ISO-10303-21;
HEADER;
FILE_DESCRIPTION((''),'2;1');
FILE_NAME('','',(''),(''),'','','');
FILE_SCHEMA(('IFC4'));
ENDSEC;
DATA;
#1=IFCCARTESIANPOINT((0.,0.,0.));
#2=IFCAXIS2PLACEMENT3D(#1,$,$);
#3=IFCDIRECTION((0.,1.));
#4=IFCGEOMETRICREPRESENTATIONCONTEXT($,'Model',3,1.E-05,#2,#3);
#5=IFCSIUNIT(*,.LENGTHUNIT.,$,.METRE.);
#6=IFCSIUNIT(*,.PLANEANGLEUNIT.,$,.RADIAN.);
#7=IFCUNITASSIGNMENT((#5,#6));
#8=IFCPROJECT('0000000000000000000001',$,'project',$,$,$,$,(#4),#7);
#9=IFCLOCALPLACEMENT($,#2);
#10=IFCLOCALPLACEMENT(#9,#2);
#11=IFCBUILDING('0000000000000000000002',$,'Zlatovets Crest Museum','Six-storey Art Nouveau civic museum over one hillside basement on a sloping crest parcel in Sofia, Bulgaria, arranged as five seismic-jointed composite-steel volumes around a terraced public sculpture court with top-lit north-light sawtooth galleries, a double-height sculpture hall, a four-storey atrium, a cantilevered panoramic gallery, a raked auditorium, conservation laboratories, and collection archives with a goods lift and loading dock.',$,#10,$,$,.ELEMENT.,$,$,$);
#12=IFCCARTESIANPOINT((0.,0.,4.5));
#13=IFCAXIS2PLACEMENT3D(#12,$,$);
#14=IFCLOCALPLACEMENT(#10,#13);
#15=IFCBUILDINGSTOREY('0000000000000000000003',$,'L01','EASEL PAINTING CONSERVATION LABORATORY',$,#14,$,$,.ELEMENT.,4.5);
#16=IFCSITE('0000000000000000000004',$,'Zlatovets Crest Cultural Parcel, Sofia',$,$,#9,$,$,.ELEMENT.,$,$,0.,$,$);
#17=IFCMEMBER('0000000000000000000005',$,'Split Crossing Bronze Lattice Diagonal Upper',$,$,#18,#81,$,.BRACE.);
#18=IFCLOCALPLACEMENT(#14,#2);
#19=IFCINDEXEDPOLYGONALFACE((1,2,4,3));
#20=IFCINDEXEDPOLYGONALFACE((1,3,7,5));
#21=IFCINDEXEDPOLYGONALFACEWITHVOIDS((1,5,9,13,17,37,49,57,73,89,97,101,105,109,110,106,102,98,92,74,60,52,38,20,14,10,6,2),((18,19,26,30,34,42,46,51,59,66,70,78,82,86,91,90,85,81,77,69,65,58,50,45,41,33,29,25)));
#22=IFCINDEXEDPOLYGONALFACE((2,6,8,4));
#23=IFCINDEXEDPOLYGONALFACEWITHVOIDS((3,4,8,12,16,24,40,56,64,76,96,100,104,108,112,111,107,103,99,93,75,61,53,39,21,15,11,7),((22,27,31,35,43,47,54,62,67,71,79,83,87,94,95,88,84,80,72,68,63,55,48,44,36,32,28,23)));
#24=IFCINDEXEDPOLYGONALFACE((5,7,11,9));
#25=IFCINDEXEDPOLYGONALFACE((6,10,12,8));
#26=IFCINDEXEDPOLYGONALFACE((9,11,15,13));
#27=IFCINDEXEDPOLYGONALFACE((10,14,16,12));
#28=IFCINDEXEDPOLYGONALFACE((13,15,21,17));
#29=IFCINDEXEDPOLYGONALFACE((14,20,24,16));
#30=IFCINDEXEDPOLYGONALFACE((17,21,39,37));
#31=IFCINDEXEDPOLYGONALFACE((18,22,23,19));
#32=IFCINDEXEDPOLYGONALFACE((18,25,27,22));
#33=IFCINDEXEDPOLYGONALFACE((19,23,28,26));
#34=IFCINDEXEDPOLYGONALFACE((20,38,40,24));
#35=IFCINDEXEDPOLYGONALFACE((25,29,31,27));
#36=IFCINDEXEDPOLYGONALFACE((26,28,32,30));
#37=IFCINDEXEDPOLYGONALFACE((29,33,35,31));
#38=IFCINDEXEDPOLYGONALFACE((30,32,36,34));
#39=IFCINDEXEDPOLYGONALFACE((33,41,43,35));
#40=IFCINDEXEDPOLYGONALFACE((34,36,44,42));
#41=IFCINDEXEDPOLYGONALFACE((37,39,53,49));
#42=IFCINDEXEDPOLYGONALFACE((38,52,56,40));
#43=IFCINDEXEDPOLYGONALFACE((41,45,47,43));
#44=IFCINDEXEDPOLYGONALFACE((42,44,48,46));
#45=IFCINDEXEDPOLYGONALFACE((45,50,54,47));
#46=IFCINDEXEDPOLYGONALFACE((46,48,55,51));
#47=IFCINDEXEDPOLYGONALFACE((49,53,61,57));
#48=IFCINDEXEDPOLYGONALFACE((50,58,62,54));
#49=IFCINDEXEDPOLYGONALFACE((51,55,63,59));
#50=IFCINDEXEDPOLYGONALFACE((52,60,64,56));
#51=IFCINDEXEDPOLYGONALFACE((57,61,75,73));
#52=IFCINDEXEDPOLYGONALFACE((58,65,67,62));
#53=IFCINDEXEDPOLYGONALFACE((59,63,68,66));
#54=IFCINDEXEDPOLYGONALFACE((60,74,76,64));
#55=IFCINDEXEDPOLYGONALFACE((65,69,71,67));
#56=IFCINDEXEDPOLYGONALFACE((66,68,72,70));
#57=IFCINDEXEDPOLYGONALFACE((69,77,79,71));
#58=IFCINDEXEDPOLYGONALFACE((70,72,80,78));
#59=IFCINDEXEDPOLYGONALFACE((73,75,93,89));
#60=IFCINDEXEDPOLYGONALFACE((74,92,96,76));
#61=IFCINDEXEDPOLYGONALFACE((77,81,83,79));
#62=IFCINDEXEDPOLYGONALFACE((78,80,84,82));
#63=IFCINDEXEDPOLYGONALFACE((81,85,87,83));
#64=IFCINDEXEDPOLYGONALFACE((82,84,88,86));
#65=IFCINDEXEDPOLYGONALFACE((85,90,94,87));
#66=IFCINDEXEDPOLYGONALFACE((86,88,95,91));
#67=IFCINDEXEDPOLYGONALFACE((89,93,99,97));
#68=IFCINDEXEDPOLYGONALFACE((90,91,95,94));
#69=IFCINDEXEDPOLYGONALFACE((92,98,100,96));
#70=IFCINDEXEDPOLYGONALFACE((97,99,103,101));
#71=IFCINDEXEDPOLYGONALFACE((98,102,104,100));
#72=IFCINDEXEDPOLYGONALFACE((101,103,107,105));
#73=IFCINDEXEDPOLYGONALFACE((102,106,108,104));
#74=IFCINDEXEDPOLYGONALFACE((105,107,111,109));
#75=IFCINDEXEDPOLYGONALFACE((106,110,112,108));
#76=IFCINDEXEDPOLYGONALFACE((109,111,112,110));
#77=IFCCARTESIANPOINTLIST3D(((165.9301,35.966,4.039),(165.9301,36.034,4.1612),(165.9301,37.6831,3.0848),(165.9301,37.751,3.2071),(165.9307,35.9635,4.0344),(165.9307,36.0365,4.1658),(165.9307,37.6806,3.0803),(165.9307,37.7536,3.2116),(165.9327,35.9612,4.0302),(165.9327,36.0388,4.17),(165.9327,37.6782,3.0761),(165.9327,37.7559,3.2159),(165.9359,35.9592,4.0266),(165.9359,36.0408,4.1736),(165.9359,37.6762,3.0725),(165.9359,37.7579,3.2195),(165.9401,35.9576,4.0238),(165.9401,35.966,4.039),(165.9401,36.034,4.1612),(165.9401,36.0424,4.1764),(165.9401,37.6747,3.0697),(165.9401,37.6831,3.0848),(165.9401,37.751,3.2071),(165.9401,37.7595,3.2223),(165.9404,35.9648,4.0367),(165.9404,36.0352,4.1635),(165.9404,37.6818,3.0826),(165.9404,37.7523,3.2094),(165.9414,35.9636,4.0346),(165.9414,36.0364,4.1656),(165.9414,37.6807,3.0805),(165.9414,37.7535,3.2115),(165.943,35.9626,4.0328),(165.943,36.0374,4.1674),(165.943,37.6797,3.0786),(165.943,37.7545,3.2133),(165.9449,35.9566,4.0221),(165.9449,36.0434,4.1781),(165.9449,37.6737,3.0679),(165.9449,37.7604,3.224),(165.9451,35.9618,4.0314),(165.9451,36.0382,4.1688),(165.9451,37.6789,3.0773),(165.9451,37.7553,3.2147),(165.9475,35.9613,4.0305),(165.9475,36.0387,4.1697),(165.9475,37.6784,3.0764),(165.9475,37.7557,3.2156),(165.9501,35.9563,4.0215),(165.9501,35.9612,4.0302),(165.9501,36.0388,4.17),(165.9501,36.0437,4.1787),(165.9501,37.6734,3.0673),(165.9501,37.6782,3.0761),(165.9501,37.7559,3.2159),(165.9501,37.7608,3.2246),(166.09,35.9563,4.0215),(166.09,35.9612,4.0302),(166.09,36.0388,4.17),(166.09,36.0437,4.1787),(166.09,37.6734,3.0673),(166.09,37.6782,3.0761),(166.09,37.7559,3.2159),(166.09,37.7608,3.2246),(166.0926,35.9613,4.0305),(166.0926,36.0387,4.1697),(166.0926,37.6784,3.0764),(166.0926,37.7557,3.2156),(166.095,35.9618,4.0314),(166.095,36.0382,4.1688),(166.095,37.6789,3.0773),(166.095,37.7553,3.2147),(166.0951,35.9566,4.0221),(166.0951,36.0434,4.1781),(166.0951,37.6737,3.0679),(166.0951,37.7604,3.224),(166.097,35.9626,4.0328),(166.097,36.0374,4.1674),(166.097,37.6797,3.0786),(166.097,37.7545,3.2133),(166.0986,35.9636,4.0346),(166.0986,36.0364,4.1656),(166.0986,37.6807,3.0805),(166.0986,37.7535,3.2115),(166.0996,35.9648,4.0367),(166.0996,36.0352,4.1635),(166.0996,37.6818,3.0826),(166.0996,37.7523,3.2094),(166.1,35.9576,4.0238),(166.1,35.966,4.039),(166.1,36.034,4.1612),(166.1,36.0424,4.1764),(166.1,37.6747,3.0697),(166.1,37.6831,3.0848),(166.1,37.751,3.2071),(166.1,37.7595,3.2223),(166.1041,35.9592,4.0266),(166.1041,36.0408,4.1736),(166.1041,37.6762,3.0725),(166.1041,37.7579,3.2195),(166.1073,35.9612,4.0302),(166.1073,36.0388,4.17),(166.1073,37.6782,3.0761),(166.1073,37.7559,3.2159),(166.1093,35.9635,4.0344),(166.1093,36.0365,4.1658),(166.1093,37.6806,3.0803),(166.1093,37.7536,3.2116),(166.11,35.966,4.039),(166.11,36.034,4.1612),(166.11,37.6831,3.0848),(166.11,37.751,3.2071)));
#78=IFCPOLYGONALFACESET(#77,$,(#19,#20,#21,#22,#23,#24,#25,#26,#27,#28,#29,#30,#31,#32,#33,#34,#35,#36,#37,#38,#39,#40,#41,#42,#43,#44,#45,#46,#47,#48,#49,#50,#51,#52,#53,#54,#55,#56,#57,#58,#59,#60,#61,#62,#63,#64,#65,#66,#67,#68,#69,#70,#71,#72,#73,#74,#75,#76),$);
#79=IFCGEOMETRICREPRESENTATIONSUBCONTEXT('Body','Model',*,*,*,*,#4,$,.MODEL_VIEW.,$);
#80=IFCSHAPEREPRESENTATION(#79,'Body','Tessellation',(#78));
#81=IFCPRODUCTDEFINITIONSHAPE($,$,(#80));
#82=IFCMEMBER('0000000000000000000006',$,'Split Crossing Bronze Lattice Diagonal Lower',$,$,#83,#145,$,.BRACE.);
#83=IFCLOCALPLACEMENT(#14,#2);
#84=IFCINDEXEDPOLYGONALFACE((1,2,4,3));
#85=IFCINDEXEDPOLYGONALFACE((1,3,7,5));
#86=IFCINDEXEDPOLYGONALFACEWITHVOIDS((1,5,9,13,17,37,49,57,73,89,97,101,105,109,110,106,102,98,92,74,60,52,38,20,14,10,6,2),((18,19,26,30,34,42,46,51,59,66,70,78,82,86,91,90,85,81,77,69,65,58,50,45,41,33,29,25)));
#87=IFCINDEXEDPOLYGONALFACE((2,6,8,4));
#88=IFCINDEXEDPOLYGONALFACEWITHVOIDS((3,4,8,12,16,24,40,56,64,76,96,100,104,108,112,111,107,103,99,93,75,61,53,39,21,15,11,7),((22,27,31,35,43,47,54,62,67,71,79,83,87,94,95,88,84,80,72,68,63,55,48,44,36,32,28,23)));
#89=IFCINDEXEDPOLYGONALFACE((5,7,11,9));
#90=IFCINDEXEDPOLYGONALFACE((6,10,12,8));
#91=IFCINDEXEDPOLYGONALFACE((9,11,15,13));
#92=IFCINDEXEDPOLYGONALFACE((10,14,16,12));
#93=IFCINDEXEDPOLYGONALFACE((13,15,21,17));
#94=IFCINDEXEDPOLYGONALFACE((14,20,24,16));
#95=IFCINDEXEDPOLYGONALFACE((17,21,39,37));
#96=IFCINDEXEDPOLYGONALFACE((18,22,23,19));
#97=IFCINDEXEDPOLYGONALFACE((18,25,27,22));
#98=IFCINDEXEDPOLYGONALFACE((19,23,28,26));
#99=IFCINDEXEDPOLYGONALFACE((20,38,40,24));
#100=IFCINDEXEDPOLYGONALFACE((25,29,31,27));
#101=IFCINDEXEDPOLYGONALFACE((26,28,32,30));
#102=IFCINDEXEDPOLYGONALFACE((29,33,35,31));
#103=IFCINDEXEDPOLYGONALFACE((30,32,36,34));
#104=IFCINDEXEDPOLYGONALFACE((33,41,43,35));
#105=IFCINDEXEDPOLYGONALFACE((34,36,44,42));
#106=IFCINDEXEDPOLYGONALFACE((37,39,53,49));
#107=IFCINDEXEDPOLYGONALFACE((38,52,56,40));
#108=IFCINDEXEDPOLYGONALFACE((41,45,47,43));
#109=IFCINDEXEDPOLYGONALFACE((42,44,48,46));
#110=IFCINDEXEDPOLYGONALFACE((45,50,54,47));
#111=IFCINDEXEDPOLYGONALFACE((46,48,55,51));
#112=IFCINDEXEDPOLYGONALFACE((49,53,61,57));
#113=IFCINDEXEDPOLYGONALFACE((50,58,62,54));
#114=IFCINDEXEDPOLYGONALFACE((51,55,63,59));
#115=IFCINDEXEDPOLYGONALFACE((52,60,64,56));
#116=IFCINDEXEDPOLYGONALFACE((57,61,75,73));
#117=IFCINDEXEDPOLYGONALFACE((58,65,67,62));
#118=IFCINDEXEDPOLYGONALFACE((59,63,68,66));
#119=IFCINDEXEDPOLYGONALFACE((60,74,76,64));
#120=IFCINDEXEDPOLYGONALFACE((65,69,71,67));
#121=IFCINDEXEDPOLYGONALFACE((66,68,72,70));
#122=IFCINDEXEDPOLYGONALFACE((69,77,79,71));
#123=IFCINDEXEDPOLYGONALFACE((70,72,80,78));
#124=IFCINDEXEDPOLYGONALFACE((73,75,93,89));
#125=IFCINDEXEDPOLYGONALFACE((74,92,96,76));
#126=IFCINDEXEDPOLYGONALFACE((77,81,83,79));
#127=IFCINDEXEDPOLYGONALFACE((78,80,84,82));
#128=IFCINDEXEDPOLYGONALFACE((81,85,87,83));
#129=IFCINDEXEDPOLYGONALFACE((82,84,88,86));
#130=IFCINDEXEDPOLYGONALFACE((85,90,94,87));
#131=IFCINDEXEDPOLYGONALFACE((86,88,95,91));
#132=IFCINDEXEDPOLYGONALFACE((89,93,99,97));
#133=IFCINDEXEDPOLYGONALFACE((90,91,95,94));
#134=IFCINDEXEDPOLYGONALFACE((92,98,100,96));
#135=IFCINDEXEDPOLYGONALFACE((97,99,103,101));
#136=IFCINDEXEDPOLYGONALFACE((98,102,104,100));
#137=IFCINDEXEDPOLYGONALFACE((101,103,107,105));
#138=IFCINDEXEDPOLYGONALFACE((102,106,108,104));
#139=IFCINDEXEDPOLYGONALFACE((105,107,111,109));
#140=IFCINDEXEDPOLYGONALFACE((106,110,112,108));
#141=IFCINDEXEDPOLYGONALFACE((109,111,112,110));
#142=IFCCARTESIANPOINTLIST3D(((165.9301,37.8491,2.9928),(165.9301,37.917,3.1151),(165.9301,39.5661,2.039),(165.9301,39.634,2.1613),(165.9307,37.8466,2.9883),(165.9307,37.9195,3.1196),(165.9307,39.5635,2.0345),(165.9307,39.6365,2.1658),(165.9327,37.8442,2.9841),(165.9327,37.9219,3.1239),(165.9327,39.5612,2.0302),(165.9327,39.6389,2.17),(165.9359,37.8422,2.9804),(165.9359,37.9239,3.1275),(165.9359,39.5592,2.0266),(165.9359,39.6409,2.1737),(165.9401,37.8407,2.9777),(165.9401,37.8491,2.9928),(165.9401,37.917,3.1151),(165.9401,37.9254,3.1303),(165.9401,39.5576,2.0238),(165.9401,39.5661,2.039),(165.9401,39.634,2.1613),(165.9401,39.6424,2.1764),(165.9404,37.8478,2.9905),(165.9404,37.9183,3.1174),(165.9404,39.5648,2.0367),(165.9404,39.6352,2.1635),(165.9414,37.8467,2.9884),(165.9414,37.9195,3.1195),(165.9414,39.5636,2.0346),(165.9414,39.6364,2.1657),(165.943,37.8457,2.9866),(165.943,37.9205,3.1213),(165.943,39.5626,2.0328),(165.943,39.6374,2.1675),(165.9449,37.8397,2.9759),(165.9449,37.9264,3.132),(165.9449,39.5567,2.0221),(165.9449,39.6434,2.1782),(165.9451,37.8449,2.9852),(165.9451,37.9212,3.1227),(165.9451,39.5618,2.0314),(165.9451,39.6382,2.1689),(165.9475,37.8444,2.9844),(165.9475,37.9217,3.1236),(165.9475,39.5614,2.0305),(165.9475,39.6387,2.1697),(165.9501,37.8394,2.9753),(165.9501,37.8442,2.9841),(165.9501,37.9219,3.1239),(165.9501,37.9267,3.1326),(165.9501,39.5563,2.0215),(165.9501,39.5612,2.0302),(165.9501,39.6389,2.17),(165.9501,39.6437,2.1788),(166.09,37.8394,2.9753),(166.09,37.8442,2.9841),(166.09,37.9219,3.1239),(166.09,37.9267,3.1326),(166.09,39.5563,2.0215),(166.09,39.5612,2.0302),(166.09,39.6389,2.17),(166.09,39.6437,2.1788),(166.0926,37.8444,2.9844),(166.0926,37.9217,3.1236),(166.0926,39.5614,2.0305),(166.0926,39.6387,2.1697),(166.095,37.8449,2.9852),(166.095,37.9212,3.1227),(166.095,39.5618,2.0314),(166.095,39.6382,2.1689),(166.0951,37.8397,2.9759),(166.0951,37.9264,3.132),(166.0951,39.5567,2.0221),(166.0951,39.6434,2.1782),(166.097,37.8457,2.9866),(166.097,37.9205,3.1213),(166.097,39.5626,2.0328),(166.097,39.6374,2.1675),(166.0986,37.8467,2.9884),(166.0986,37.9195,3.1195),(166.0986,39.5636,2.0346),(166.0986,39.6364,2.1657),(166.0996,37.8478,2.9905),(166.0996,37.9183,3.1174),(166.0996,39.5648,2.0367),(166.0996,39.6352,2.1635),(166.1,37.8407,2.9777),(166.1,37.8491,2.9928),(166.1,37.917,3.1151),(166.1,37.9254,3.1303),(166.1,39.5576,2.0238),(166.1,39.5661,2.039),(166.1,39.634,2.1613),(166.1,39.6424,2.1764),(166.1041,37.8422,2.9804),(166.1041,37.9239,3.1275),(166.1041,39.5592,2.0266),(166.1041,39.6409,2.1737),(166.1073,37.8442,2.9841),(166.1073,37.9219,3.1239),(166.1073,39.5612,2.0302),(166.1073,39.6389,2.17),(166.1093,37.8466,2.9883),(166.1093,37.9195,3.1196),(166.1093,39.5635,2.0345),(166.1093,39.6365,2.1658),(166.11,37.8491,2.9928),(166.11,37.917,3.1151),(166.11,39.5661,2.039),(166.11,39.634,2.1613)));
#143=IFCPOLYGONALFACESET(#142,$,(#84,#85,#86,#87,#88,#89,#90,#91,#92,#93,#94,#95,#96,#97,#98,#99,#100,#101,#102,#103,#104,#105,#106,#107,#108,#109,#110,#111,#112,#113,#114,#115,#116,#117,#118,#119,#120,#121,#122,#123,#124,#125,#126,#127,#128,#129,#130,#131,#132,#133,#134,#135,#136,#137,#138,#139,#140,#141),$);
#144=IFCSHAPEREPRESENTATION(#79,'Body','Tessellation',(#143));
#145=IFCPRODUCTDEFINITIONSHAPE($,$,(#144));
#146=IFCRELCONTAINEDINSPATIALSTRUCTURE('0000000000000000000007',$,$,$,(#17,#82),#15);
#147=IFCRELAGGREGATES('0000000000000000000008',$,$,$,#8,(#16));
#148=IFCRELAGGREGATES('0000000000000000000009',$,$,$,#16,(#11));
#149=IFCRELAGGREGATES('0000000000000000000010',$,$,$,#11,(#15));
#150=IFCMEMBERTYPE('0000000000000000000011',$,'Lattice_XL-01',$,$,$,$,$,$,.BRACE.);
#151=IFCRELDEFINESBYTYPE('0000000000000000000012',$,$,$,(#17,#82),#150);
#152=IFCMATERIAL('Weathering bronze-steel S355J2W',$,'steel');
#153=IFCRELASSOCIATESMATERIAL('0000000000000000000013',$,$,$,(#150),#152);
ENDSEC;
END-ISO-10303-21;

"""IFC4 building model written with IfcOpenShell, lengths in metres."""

from ifc_helpers import new_model, si_unit, direction, frame, origin, origin_2d, place, context, subcontext, project, spatial, hollow_rectangle, extrude, material, material_profile, profile_set, type_object, element, save


model = new_model("IFC4")

# Units and contexts
model_context = context("Model", 3, precision=1e-05, world=origin(), true_north=direction((0.0, 1.0)))
body_context = subcontext(model_context, "Body", "Model", "MODEL_VIEW")
ifc_project = project(units=[si_unit("LENGTHUNIT", "METRE"), si_unit("PLANEANGLEUNIT", "RADIAN")], contexts=[model_context])

# Site, building, storey
site_placement = place(None, origin())
site = spatial("IfcSite", under=ifc_project, at=site_placement, Name="Zlatovets Crest Cultural Parcel, Sofia", CompositionType="ELEMENT", RefElevation=0.0)
building_placement = place(site_placement, origin())
building = spatial("IfcBuilding", under=site, at=building_placement, Name="Zlatovets Crest Museum", Description="Six-storey Art Nouveau civic museum over one hillside basement on a sloping crest parcel in Sofia, Bulgaria, arranged as five seismic-jointed composite-steel volumes around a terraced public sculpture court with top-lit north-light sawtooth galleries, a double-height sculpture hall, a four-storey atrium, a cantilevered panoramic gallery, a raked auditorium, conservation laboratories, and collection archives with a goods lift and loading dock.", CompositionType="ELEMENT")
storey_placement = place(building_placement, frame((0.0, 0.0, 4.5)))
storey = spatial("IfcBuildingStorey", under=building, at=storey_placement, Name="L01", Description="EASEL PAINTING CONSERVATION LABORATORY", CompositionType="ELEMENT", Elevation=4.5)

# Members
ifc_material_1 = material(Name="Weathering bronze-steel S355J2W", Category="steel")
ifc_material_profile_1 = material_profile(ifc_material_1, hollow_rectangle(XDim=0.1799, YDim=0.1799, WallThickness=0.01, InnerFilletRadius=0.01, OuterFilletRadius=0.02, at=origin_2d()), Name="SHS 180x180x10.0")
ifc_profile_set_1 = profile_set([ifc_material_profile_1], Name="Weathering bronze-steel S355J2W")
member_type_1 = type_object("IfcMemberType", Name="Lattice_XL-01", PredefinedType="BRACE", material=ifc_profile_set_1)
member_1_placement = place(storey_placement, frame((166.02, 36.0, 4.1001), z_axis=(0.0, 0.874116, -0.485717), x_axis=(-1.0, 0.0, 0.0)))
element("IfcMember", 1, at=member_1_placement, inside=storey, type_object=member_type_1, Name="Split Crossing Bronze Lattice Diagonal Upper", PredefinedType="BRACE", context=body_context, shape_type="SweptSolid", body=[
    extrude(hollow_rectangle(XDim=0.1799, YDim=0.1799, WallThickness=0.01, InnerFilletRadius=0.01, OuterFilletRadius=0.02, at=origin_2d()), origin(), (0.0, 0.0, 1.0), 1.9644),
])
member_2_placement = place(storey_placement, frame((166.02, 37.8831, 3.054), z_axis=(0.0, 0.874169, -0.485622), x_axis=(-1.0, 0.0, 0.0)))
element("IfcMember", 2, at=member_2_placement, inside=storey, type_object=member_type_1, Name="Split Crossing Bronze Lattice Diagonal Lower", PredefinedType="BRACE", context=body_context, shape_type="SweptSolid", body=[
    extrude(hollow_rectangle(XDim=0.1799, YDim=0.1799, WallThickness=0.01, InnerFilletRadius=0.01, OuterFilletRadius=0.02, at=origin_2d()), origin(), (0.0, 0.0, 1.0), 1.9641),
])

save(model, "model.ifc")
